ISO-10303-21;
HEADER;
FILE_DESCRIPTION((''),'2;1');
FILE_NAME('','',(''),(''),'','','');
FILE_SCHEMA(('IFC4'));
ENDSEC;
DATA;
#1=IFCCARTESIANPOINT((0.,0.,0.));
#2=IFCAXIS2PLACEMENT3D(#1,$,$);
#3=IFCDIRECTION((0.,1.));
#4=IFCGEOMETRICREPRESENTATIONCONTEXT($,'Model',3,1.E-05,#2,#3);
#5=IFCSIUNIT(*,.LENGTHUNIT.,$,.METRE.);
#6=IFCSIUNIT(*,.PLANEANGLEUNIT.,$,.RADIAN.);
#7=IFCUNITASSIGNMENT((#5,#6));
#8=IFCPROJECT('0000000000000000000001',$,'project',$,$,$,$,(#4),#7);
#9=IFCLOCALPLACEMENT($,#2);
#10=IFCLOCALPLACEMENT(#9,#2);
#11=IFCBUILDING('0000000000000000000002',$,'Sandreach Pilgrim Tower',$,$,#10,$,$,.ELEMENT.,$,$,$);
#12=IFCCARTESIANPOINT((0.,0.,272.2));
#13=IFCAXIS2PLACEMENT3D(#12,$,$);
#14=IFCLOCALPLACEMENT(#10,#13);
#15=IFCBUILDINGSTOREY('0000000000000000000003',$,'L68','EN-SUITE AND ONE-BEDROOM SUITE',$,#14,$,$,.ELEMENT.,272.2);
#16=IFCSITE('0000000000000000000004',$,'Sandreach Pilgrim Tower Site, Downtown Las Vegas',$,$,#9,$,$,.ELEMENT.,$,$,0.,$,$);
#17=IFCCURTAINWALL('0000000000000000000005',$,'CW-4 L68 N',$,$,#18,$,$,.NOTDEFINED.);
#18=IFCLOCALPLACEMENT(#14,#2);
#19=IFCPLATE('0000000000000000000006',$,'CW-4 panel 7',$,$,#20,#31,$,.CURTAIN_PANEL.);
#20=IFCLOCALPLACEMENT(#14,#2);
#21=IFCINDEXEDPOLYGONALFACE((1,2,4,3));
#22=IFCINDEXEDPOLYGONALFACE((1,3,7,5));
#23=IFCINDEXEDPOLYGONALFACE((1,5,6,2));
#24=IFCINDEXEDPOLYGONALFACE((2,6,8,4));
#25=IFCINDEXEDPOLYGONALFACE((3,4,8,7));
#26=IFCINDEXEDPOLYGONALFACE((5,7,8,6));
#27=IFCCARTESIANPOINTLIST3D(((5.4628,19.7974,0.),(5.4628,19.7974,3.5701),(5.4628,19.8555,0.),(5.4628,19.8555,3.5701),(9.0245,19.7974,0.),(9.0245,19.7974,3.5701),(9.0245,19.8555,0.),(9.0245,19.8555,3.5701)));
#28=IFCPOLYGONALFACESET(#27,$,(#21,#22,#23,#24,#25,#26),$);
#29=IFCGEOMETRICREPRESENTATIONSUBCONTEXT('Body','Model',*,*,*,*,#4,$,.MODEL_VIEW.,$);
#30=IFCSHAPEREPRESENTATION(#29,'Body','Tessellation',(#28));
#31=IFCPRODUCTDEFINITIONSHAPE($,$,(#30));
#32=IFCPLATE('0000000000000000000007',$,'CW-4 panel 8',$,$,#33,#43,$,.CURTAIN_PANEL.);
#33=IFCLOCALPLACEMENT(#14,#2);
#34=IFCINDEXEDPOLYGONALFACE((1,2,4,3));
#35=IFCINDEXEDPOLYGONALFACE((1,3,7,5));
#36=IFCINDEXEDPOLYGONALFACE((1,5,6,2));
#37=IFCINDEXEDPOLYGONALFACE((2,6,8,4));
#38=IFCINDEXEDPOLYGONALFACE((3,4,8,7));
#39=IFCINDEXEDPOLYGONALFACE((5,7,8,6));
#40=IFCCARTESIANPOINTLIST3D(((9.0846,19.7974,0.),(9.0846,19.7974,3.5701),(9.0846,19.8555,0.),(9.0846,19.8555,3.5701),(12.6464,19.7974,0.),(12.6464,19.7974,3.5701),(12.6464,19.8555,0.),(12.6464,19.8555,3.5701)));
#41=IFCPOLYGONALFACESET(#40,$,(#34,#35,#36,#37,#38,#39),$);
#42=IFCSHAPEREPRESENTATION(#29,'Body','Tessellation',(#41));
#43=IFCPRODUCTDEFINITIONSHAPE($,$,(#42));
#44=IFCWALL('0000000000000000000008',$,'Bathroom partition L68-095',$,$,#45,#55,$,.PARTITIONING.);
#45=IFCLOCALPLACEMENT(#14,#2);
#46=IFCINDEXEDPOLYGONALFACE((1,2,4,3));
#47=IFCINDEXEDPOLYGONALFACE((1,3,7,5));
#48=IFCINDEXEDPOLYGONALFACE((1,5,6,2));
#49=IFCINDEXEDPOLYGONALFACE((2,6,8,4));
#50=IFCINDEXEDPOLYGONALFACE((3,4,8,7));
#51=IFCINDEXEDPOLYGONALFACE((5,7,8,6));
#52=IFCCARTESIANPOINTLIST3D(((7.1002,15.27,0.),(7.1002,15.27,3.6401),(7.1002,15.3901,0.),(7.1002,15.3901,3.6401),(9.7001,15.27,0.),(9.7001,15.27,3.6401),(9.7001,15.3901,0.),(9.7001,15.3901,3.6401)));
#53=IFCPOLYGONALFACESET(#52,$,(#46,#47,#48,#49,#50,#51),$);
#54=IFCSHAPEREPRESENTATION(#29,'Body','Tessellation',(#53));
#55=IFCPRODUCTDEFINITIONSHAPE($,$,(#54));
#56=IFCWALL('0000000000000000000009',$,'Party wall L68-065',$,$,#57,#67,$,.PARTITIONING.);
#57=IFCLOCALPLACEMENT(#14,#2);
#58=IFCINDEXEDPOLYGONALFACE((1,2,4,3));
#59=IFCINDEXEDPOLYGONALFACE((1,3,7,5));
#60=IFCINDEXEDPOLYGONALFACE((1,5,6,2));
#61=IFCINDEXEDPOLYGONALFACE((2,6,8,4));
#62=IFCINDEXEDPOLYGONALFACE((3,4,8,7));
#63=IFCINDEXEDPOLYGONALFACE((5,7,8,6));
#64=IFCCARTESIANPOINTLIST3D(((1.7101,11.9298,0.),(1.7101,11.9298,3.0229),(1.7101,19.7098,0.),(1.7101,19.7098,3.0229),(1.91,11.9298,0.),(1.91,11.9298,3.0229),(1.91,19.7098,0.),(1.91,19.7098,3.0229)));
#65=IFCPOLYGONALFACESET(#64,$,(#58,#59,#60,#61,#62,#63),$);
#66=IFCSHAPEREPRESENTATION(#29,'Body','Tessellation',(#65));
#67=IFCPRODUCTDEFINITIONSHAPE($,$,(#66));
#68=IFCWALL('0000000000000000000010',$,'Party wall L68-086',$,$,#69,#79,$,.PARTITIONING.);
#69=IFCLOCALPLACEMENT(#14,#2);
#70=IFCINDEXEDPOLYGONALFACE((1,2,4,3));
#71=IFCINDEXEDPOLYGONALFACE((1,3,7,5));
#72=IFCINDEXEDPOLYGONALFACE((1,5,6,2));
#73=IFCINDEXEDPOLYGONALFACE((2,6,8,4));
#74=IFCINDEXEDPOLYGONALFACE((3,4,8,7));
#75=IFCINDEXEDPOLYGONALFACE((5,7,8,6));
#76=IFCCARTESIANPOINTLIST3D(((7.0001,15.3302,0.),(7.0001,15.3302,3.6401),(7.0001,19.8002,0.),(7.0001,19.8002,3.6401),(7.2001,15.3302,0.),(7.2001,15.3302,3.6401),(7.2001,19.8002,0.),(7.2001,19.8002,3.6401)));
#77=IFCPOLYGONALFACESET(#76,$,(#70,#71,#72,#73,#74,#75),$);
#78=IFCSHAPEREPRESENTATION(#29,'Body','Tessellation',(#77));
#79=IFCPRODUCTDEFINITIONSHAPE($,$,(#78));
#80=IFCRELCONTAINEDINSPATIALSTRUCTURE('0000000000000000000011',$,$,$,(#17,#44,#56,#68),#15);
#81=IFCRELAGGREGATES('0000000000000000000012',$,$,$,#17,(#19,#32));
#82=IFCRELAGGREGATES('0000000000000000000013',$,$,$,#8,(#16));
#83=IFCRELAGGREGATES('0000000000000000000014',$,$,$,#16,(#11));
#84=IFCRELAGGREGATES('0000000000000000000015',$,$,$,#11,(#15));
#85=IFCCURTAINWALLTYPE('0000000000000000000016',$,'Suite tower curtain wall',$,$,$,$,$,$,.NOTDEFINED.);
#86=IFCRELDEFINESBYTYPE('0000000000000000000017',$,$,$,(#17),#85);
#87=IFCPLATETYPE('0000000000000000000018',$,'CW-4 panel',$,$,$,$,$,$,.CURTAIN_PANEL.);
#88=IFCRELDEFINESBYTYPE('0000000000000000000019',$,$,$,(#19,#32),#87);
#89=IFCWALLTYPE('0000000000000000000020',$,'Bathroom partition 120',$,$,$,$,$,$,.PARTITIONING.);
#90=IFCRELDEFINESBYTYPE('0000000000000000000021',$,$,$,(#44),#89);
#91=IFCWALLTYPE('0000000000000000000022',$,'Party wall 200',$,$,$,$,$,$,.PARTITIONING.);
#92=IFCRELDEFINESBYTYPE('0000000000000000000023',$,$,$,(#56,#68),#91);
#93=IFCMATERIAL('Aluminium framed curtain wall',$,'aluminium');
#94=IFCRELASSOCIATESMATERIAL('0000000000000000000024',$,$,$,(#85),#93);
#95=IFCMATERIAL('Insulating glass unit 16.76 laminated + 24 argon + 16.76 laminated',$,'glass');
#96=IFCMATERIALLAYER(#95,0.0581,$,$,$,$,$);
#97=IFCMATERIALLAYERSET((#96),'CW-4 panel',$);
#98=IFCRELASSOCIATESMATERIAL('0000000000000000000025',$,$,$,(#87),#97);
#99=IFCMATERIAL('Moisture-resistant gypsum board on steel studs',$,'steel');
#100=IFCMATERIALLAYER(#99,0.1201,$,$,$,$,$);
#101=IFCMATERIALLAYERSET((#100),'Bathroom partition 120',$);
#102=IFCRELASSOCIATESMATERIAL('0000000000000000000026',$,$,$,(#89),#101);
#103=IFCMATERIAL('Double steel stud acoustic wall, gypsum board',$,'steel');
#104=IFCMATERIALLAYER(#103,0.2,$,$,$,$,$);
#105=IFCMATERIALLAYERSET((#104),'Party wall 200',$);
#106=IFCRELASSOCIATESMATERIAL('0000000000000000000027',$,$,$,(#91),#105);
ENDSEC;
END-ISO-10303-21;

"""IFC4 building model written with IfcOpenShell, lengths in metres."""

from ifc_helpers import new_model, si_unit, direction, frame, frame_2d, origin, origin_2d, place, context, subcontext, project, spatial, rectangle, extrude, material, layer, layer_set, type_object, element, aggregate, save


model = new_model("IFC4")

# Units and contexts
model_context = context("Model", 3, precision=1e-05, world=origin(), true_north=direction((0.0, 1.0)))
body_context = subcontext(model_context, "Body", "Model", "MODEL_VIEW")
ifc_project = project(units=[si_unit("LENGTHUNIT", "METRE"), si_unit("PLANEANGLEUNIT", "RADIAN")], contexts=[model_context])

# Site, building, storey
site_placement = place(None, origin())
site = spatial("IfcSite", under=ifc_project, at=site_placement, Name="Sandreach Pilgrim Tower Site, Downtown Las Vegas", CompositionType="ELEMENT", RefElevation=0.0)
building_placement = place(site_placement, origin())
building = spatial("IfcBuilding", under=site, at=building_placement, Name="Sandreach Pilgrim Tower", CompositionType="ELEMENT")
storey_placement = place(building_placement, frame((0.0, 0.0, 272.2)))
storey = spatial("IfcBuildingStorey", under=building, at=storey_placement, Name="L68", Description="EN-SUITE AND ONE-BEDROOM SUITE", CompositionType="ELEMENT", Elevation=272.2)

# Curtain wall
ifc_material_1 = material(Name="Aluminium framed curtain wall", Category="aluminium")
curtain_wall_type = type_object("IfcCurtainWallType", Name="Suite tower curtain wall", PredefinedType="NOTDEFINED", material=ifc_material_1)
curtain_wall_placement = place(storey_placement, origin())
curtain_wall = element("IfcCurtainWall", 1, at=curtain_wall_placement, inside=storey, type_object=curtain_wall_type, Name="CW-4 L68 N", PredefinedType="NOTDEFINED")

# Plates
ifc_material_2 = material(Name="Insulating glass unit 16.76 laminated + 24 argon + 16.76 laminated", Category="glass")
ifc_layer_1 = layer(ifc_material_2, 0.0581)
ifc_layer_set_1 = layer_set([ifc_layer_1], Name="CW-4 panel")
plate_type = type_object("IfcPlateType", Name="CW-4 panel", PredefinedType="CURTAIN_PANEL", material=ifc_layer_set_1)
plate_1_placement = place(storey_placement, frame((7.2437, 19.8264, 0.0), z_axis=(0.0, 0.0, 1.0), x_axis=(1.0, 0.0, 0.0)))
plate_1 = element("IfcPlate", 2, at=plate_1_placement, type_object=plate_type, Name="CW-4 panel 7", PredefinedType="CURTAIN_PANEL", context=body_context, shape_type="SweptSolid", body=[
    extrude(rectangle(XDim=3.5618, YDim=0.0581, at=origin_2d()), origin(), (0.0, 0.0, 1.0), 3.5701),
])
plate_2_placement = place(storey_placement, frame((10.8655, 19.8264, 0.0), z_axis=(0.0, 0.0, 1.0), x_axis=(1.0, 0.0, 0.0)))
plate_2 = element("IfcPlate", 3, at=plate_2_placement, type_object=plate_type, Name="CW-4 panel 8", PredefinedType="CURTAIN_PANEL", context=body_context, shape_type="SweptSolid", body=[
    extrude(rectangle(XDim=3.5618, YDim=0.0581, at=origin_2d()), origin(), (0.0, 0.0, 1.0), 3.5701),
])
aggregate(curtain_wall, [plate_1, plate_2])

# Walls
ifc_material_3 = material(Name="Moisture-resistant gypsum board on steel studs", Category="steel")
ifc_layer_2 = layer(ifc_material_3, 0.1201)
ifc_layer_set_2 = layer_set([ifc_layer_2], Name="Bathroom partition 120")
wall_type_1 = type_object("IfcWallType", Name="Bathroom partition 120", PredefinedType="PARTITIONING", material=ifc_layer_set_2)
wall_1_placement = place(storey_placement, frame((9.7, 15.3301, 0.0), z_axis=(0.0, 0.0, 1.0), x_axis=(-1.0, 0.0, 0.0)))
element("IfcWall", 4, at=wall_1_placement, inside=storey, type_object=wall_type_1, Name="Bathroom partition L68-095", PredefinedType="PARTITIONING", context=body_context, shape_type="SweptSolid", body=[
    extrude(rectangle(XDim=2.5999, YDim=0.1201, at=frame_2d((1.2998, 0.0))), origin(), (0.0, 0.0, 1.0), 3.6401),
])
ifc_material_4 = material(Name="Double steel stud acoustic wall, gypsum board", Category="steel")
ifc_layer_3 = layer(ifc_material_4, 0.2)
ifc_layer_set_3 = layer_set([ifc_layer_3], Name="Party wall 200")
wall_type_2 = type_object("IfcWallType", Name="Party wall 200", PredefinedType="PARTITIONING", material=ifc_layer_set_3)
wall_2_placement = place(storey_placement, frame((1.8101, 19.71, 0.0), z_axis=(0.0, 0.0, 1.0), x_axis=(0.0, -1.0, 0.0)))
element("IfcWall", 5, at=wall_2_placement, inside=storey, type_object=wall_type_2, Name="Party wall L68-065", PredefinedType="PARTITIONING", context=body_context, shape_type="SweptSolid", body=[
    extrude(rectangle(XDim=7.78, YDim=0.2, at=frame_2d((3.8901, 0.0))), origin(), (0.0, 0.0, 1.0), 3.0229),
])
wall_3_placement = place(storey_placement, frame((7.1001, 19.8, 0.0), z_axis=(0.0, 0.0, 1.0), x_axis=(0.0, -1.0, 0.0)))
element("IfcWall", 6, at=wall_3_placement, inside=storey, type_object=wall_type_2, Name="Party wall L68-086", PredefinedType="PARTITIONING", context=body_context, shape_type="SweptSolid", body=[
    extrude(rectangle(XDim=4.47, YDim=0.2, at=frame_2d((2.2349, 0.0))), origin(), (0.0, 0.0, 1.0), 3.6401),
])

save(model, "model.ifc")
